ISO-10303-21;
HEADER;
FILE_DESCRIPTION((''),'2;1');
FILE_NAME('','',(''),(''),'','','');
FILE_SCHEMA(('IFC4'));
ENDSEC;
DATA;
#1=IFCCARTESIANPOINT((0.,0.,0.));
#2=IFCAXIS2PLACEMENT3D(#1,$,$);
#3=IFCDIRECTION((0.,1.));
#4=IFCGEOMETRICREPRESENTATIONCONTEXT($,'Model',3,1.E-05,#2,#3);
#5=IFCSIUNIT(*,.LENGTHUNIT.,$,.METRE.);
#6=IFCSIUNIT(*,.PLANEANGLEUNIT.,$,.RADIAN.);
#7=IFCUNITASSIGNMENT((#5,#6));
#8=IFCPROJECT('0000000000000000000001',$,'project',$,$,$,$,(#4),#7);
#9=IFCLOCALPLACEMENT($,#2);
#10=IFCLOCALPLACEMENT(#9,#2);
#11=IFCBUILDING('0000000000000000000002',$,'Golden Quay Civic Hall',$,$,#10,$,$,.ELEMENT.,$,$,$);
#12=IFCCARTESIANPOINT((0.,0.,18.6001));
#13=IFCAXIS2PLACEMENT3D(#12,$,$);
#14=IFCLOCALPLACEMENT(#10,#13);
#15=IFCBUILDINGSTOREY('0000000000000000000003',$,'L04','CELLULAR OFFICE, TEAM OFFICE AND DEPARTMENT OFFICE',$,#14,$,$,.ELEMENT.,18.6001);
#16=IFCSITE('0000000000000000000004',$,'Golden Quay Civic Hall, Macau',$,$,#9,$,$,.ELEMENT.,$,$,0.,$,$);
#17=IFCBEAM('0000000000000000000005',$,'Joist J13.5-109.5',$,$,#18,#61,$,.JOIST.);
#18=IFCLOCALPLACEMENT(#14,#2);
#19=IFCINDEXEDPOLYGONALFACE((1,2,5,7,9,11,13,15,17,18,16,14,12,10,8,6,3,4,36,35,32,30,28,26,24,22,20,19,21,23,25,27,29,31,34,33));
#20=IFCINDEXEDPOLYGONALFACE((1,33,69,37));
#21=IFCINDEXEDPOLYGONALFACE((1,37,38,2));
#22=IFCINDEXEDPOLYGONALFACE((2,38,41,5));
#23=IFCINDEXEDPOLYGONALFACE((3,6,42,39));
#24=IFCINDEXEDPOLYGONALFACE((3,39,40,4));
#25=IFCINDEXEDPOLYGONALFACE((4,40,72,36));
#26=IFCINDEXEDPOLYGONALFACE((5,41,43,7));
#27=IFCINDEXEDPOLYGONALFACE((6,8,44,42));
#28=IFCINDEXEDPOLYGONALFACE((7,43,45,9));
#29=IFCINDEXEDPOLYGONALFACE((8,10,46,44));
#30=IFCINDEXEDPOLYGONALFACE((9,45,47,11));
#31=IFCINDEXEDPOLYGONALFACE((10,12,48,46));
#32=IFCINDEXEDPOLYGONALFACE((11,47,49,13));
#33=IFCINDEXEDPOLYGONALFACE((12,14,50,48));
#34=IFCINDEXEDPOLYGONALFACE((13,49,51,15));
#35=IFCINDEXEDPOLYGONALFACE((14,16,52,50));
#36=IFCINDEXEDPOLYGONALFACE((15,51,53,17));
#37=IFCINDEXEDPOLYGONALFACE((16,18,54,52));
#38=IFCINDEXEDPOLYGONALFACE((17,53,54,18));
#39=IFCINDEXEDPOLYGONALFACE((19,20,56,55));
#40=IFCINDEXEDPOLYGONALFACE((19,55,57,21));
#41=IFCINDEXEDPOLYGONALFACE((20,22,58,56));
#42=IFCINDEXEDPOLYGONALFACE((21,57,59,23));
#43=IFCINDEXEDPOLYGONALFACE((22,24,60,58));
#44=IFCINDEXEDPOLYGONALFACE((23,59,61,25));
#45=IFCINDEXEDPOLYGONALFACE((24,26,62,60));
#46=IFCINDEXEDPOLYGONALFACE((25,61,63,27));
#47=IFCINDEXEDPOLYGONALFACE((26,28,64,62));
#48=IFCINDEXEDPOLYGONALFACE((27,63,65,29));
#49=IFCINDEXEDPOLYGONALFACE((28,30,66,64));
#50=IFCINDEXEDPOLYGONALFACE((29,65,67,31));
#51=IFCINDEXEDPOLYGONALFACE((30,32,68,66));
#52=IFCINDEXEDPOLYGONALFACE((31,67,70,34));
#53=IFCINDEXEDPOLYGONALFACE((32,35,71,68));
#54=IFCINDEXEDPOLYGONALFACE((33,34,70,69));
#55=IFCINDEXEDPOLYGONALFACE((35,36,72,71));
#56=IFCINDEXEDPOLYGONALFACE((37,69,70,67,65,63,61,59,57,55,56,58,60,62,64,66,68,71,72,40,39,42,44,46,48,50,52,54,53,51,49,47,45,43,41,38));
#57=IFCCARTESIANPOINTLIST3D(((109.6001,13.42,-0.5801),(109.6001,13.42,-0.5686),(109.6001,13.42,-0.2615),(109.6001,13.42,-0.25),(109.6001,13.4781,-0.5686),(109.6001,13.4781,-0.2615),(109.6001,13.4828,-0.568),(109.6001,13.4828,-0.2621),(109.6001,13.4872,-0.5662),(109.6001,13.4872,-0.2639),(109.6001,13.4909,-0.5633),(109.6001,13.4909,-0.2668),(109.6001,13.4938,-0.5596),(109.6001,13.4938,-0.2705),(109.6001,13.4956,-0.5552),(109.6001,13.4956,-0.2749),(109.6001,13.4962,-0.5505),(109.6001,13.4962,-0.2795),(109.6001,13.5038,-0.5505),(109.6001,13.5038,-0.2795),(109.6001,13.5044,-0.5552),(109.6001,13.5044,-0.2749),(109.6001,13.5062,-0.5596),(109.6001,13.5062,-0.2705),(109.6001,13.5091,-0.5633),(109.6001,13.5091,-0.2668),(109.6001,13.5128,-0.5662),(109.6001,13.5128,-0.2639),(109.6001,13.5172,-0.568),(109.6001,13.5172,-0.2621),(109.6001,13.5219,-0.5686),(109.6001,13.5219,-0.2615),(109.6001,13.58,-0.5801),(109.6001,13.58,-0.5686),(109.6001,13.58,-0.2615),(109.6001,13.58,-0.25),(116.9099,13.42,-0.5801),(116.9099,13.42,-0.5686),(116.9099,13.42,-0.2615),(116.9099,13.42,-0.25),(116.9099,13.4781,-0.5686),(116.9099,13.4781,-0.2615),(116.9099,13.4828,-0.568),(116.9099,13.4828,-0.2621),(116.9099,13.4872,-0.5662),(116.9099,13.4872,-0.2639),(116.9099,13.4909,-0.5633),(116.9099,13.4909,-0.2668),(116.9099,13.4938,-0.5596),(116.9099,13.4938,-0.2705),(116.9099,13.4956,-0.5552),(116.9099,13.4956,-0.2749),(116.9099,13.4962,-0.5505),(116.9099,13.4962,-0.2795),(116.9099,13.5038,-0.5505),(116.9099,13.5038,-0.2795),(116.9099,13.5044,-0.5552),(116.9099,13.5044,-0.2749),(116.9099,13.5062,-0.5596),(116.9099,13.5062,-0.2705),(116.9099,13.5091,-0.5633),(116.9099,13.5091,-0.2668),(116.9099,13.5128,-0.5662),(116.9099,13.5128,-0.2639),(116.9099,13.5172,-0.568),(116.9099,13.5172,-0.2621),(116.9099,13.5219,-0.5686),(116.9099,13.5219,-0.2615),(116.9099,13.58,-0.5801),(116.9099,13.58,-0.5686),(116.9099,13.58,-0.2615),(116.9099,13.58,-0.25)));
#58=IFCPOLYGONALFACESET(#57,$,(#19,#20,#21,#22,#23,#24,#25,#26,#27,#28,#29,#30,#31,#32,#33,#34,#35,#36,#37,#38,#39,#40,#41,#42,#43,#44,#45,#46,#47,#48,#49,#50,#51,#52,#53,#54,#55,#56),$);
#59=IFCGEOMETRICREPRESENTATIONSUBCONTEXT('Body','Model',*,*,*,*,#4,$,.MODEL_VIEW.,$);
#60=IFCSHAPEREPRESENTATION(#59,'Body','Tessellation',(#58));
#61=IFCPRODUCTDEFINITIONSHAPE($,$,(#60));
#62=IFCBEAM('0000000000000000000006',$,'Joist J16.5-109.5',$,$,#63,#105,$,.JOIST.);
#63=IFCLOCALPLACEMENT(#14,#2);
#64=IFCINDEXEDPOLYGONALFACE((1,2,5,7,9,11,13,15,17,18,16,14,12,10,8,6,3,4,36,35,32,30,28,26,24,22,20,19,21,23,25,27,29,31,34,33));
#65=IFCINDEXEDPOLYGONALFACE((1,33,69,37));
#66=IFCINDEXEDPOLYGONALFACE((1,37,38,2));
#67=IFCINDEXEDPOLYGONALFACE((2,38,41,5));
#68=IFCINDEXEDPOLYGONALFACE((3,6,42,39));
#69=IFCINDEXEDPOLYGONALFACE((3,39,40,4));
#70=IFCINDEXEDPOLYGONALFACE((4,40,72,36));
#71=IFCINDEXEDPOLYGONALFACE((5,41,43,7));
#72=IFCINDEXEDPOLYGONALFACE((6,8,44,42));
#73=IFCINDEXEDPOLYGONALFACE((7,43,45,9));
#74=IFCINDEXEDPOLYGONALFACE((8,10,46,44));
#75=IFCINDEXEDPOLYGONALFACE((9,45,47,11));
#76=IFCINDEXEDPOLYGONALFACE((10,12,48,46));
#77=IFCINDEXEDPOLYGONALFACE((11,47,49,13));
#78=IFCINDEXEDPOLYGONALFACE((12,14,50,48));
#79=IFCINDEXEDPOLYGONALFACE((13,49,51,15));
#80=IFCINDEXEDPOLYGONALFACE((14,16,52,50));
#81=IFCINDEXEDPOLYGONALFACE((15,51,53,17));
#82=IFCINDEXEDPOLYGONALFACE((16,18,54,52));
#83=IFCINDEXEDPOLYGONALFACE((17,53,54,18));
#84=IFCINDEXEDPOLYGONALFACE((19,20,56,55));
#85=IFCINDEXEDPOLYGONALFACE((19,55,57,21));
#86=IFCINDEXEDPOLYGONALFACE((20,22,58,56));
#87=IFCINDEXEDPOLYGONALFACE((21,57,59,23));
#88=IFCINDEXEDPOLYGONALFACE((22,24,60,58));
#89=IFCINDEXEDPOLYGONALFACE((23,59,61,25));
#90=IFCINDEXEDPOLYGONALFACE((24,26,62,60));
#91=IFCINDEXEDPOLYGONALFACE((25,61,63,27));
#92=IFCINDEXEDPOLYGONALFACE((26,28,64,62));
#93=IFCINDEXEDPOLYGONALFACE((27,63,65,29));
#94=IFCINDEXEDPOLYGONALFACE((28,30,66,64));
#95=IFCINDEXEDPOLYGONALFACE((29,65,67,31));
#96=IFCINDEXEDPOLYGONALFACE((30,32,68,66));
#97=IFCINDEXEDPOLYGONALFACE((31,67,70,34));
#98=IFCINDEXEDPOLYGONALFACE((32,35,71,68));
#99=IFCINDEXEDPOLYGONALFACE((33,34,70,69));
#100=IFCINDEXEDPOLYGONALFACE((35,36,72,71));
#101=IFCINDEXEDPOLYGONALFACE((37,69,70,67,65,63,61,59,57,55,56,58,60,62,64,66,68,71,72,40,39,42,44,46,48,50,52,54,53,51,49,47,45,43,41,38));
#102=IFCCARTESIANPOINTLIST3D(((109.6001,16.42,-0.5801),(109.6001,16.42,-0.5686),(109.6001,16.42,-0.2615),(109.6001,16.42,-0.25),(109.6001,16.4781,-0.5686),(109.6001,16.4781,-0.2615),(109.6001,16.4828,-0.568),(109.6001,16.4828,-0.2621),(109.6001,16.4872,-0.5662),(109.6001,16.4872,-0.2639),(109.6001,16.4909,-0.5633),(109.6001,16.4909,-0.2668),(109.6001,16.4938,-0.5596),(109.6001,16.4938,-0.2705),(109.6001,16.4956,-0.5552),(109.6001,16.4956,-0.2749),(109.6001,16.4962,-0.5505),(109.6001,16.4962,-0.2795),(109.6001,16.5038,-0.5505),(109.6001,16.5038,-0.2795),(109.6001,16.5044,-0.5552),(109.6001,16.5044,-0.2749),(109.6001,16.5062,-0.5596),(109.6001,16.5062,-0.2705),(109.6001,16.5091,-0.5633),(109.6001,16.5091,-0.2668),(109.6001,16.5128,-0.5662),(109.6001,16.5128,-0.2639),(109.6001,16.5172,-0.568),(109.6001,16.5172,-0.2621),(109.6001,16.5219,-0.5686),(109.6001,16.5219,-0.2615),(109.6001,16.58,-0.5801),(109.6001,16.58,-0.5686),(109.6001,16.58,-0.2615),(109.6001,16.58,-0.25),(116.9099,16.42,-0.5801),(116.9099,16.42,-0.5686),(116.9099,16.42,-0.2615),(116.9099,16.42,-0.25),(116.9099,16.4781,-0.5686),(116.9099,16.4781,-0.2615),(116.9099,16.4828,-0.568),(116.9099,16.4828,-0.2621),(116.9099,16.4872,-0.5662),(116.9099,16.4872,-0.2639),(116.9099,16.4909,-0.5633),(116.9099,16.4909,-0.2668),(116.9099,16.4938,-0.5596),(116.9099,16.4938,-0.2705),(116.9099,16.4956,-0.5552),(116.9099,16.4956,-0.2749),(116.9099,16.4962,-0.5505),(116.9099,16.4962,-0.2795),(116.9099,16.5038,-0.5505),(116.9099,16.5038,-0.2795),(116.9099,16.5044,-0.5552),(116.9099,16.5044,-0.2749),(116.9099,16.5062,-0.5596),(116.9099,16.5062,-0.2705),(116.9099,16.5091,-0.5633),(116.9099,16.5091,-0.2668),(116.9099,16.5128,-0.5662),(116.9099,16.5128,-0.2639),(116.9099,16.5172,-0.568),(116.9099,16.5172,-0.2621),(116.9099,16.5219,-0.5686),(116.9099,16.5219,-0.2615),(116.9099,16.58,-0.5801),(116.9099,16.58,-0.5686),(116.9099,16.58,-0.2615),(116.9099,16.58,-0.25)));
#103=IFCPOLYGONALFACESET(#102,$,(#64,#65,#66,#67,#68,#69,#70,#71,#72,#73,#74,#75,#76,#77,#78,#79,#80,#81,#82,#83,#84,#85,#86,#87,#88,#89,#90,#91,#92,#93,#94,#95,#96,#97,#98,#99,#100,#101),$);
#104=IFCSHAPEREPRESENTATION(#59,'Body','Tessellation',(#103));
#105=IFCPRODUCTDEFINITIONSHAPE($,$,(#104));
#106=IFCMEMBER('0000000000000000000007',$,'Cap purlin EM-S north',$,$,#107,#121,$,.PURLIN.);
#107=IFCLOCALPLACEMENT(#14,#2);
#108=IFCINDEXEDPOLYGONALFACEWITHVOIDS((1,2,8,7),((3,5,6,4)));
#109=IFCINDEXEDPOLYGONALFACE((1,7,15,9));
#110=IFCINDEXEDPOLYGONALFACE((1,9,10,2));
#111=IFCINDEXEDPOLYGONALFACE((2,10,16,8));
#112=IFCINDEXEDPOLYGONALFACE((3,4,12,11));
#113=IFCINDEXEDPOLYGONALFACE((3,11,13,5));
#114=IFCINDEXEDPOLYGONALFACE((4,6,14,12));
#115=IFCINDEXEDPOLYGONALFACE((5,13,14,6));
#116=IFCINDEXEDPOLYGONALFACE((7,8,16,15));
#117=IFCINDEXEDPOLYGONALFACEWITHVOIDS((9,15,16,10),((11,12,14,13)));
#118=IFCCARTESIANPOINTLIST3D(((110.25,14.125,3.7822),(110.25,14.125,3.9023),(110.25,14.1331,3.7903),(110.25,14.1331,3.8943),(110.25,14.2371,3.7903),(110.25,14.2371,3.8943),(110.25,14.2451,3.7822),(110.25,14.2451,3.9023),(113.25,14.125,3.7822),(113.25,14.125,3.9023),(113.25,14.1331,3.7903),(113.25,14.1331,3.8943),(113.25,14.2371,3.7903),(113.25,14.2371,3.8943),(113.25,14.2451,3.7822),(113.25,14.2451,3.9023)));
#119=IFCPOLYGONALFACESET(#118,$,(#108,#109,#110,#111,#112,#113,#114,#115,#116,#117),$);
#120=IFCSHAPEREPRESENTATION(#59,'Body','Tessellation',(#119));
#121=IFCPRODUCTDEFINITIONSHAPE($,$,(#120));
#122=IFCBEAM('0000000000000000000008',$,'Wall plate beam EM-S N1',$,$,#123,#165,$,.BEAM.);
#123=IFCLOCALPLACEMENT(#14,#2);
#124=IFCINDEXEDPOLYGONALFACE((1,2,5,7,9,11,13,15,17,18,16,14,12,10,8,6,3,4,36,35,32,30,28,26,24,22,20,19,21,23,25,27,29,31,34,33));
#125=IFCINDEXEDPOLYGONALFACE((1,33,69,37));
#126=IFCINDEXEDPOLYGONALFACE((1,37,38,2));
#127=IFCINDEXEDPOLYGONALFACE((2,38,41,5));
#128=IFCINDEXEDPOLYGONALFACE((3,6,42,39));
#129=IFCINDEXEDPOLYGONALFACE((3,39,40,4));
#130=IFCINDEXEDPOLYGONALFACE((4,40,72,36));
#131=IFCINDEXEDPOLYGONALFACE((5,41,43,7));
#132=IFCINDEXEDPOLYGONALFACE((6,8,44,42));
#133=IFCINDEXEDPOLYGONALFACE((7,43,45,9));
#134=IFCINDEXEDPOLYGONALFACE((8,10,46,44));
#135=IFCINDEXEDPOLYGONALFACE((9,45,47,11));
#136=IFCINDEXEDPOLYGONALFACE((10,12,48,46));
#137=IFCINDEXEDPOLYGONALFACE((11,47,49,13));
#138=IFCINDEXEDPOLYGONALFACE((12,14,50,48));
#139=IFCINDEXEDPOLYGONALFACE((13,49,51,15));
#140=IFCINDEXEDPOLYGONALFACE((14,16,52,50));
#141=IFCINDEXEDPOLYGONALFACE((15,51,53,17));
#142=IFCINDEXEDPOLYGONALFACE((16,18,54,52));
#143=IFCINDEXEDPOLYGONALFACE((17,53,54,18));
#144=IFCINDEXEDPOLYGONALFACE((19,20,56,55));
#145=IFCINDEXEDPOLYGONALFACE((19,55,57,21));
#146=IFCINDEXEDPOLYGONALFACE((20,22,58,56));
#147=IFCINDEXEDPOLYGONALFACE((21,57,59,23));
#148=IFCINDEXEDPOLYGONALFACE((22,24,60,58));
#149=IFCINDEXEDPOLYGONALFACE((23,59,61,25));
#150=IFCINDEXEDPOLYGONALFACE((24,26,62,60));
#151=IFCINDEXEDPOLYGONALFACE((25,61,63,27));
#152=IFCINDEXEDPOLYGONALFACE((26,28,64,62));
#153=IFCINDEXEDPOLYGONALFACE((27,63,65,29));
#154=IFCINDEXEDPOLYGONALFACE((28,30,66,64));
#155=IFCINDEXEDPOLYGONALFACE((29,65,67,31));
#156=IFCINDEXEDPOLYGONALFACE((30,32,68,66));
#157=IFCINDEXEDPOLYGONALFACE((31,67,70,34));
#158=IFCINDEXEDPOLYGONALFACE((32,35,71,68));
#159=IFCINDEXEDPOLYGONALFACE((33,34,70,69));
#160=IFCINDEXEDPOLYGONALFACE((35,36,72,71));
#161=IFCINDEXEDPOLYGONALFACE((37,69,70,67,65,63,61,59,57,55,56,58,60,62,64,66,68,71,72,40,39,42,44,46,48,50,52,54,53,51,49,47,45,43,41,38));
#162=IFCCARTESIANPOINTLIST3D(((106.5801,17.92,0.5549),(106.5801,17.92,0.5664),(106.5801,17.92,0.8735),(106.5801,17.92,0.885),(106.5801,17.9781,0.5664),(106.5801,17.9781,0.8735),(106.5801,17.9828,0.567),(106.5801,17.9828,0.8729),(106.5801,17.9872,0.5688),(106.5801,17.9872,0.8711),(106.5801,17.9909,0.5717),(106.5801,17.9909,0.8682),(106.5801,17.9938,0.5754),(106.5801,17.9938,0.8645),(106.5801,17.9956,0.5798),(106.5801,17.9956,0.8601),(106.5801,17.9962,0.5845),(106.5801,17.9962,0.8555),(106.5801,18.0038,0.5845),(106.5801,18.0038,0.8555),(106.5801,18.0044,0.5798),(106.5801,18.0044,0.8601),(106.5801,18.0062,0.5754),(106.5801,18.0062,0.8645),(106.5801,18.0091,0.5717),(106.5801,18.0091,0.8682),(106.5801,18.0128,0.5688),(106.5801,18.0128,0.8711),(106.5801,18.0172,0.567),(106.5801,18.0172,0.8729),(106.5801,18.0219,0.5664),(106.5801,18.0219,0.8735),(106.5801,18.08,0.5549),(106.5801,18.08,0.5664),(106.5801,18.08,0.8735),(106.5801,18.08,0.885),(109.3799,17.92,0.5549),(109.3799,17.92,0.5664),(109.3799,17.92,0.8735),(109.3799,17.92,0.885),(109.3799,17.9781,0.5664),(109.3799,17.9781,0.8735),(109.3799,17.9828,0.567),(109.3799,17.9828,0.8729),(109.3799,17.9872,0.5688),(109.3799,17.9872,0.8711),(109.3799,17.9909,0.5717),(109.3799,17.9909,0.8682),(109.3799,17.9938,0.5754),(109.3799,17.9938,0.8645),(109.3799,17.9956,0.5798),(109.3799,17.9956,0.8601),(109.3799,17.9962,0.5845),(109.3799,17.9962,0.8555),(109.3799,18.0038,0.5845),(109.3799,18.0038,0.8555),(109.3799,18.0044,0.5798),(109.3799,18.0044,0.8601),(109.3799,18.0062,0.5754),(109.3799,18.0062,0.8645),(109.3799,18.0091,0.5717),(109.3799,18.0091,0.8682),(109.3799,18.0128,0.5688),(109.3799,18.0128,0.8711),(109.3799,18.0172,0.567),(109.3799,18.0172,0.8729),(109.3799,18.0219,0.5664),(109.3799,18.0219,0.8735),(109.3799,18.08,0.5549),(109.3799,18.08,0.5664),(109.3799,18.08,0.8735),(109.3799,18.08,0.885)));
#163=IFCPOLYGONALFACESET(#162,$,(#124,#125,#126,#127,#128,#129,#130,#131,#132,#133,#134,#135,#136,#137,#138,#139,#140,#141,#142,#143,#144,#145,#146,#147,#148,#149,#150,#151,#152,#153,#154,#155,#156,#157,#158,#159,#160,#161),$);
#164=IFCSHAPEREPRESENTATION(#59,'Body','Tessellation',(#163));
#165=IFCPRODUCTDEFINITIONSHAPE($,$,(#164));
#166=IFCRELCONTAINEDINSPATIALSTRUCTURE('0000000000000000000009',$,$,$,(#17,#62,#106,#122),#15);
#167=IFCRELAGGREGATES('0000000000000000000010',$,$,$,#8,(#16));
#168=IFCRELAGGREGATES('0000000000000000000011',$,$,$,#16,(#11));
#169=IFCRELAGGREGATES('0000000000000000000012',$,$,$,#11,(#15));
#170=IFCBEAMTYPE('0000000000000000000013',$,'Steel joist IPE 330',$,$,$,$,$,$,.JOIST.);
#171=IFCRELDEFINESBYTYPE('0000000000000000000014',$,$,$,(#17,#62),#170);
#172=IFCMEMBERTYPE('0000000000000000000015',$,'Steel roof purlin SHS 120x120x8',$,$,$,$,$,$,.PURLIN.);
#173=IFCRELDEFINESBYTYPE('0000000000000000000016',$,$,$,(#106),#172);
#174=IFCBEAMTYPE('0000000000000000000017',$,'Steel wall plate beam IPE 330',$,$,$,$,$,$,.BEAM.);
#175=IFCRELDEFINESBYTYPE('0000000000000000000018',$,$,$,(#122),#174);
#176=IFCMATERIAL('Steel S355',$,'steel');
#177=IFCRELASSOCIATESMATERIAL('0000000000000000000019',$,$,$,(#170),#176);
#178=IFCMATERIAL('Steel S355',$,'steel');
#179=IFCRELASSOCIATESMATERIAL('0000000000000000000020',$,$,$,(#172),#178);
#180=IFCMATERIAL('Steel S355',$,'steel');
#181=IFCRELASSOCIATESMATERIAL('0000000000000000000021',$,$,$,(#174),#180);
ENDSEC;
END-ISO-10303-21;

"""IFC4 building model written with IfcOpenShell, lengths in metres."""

from ifc_helpers import new_model, si_unit, direction, frame, origin, origin_2d, place, context, subcontext, project, spatial, hollow_rectangle, i_section, extrude, material, material_profile, profile_set, type_object, element, save


model = new_model("IFC4")

# Units and contexts
model_context = context("Model", 3, precision=1e-05, world=origin(), true_north=direction((0.0, 1.0)))
body_context = subcontext(model_context, "Body", "Model", "MODEL_VIEW")
ifc_project = project(units=[si_unit("LENGTHUNIT", "METRE"), si_unit("PLANEANGLEUNIT", "RADIAN")], contexts=[model_context])

# Site, building, storey
site_placement = place(None, origin())
site = spatial("IfcSite", under=ifc_project, at=site_placement, Name="Golden Quay Civic Hall, Macau", CompositionType="ELEMENT", RefElevation=0.0)
building_placement = place(site_placement, origin())
building = spatial("IfcBuilding", under=site, at=building_placement, Name="Golden Quay Civic Hall", CompositionType="ELEMENT")
storey_placement = place(building_placement, frame((0.0, 0.0, 18.6001)))
storey = spatial("IfcBuildingStorey", under=building, at=storey_placement, Name="L04", Description="CELLULAR OFFICE, TEAM OFFICE AND DEPARTMENT OFFICE", CompositionType="ELEMENT", Elevation=18.6001)

# Beams
ifc_material_1 = material(Name="Steel S355", Category="steel")
ifc_material_profile_1 = material_profile(ifc_material_1, i_section(OverallWidth=0.1599, OverallDepth=0.3301, WebThickness=0.0076, FlangeThickness=0.0115, FilletRadius=0.0181, at=origin_2d()), Name="IPE 330")
ifc_profile_set_1 = profile_set([ifc_material_profile_1], Name="Steel S355")
beam_type_1 = type_object("IfcBeamType", Name="Steel joist IPE 330", PredefinedType="JOIST", material=ifc_profile_set_1)
for number, where, z_axis, x_axis, name in (
    (1, (109.6001, 13.5, -0.415), (1.0, 0.0, 0.0), (0.0, 1.0, 0.0), "Joist J13.5-109.5"),
    (2, (109.6001, 16.5, -0.415), (1.0, 0.0, 0.0), (0.0, 1.0, 0.0), "Joist J16.5-109.5"),
):
    element("IfcBeam", number, at=place(storey_placement, frame(where, z_axis=z_axis, x_axis=x_axis)), inside=storey, type_object=beam_type_1, Name=name, PredefinedType="JOIST", context=body_context, shape_type="SweptSolid", body=[
        extrude(i_section(OverallWidth=0.1599, OverallDepth=0.3301, WebThickness=0.0076, FlangeThickness=0.0115, FilletRadius=0.0181, at=origin_2d()), origin(), (0.0, 0.0, 1.0), 7.3098),
    ])

# Member
ifc_material_2 = material(Name="Steel S355", Category="steel")
ifc_material_profile_2 = material_profile(ifc_material_2, hollow_rectangle(XDim=0.1201, YDim=0.1201, WallThickness=0.0081, at=origin_2d()), Name="SHS 120x120x8")
ifc_profile_set_2 = profile_set([ifc_material_profile_2], Name="Steel S355")
member_type_1 = type_object("IfcMemberType", Name="Steel roof purlin SHS 120x120x8", PredefinedType="PURLIN", material=ifc_profile_set_2)
member_1_placement = place(storey_placement, frame((110.25, 14.1851, 3.8423), z_axis=(1.0, 0.0, 0.0), x_axis=(0.0, 1.0, 0.0)))
element("IfcMember", 3, at=member_1_placement, inside=storey, type_object=member_type_1, Name="Cap purlin EM-S north", PredefinedType="PURLIN", context=body_context, shape_type="SweptSolid", body=[
    extrude(hollow_rectangle(XDim=0.1201, YDim=0.1201, WallThickness=0.0081, at=origin_2d()), origin(), (0.0, 0.0, 1.0), 3.0),
])

# Beam
ifc_material_3 = material(Name="Steel S355", Category="steel")
ifc_material_profile_3 = material_profile(ifc_material_3, i_section(OverallWidth=0.1599, OverallDepth=0.3301, WebThickness=0.0076, FlangeThickness=0.0115, FilletRadius=0.0181, at=origin_2d()), Name="IPE 330")
ifc_profile_set_3 = profile_set([ifc_material_profile_3], Name="Steel S355")
beam_type_2 = type_object("IfcBeamType", Name="Steel wall plate beam IPE 330", PredefinedType="BEAM", material=ifc_profile_set_3)
beam_1_placement = place(storey_placement, frame((106.5801, 18.0, 0.72), z_axis=(1.0, 0.0, 0.0), x_axis=(0.0, 1.0, 0.0)))
element("IfcBeam", 4, at=beam_1_placement, inside=storey, type_object=beam_type_2, Name="Wall plate beam EM-S N1", PredefinedType="BEAM", context=body_context, shape_type="SweptSolid", body=[
    extrude(i_section(OverallWidth=0.1599, OverallDepth=0.3301, WebThickness=0.0076, FlangeThickness=0.0115, FilletRadius=0.0181, at=origin_2d()), origin(), (0.0, 0.0, 1.0), 2.7998),
])

save(model, "model.ifc")
